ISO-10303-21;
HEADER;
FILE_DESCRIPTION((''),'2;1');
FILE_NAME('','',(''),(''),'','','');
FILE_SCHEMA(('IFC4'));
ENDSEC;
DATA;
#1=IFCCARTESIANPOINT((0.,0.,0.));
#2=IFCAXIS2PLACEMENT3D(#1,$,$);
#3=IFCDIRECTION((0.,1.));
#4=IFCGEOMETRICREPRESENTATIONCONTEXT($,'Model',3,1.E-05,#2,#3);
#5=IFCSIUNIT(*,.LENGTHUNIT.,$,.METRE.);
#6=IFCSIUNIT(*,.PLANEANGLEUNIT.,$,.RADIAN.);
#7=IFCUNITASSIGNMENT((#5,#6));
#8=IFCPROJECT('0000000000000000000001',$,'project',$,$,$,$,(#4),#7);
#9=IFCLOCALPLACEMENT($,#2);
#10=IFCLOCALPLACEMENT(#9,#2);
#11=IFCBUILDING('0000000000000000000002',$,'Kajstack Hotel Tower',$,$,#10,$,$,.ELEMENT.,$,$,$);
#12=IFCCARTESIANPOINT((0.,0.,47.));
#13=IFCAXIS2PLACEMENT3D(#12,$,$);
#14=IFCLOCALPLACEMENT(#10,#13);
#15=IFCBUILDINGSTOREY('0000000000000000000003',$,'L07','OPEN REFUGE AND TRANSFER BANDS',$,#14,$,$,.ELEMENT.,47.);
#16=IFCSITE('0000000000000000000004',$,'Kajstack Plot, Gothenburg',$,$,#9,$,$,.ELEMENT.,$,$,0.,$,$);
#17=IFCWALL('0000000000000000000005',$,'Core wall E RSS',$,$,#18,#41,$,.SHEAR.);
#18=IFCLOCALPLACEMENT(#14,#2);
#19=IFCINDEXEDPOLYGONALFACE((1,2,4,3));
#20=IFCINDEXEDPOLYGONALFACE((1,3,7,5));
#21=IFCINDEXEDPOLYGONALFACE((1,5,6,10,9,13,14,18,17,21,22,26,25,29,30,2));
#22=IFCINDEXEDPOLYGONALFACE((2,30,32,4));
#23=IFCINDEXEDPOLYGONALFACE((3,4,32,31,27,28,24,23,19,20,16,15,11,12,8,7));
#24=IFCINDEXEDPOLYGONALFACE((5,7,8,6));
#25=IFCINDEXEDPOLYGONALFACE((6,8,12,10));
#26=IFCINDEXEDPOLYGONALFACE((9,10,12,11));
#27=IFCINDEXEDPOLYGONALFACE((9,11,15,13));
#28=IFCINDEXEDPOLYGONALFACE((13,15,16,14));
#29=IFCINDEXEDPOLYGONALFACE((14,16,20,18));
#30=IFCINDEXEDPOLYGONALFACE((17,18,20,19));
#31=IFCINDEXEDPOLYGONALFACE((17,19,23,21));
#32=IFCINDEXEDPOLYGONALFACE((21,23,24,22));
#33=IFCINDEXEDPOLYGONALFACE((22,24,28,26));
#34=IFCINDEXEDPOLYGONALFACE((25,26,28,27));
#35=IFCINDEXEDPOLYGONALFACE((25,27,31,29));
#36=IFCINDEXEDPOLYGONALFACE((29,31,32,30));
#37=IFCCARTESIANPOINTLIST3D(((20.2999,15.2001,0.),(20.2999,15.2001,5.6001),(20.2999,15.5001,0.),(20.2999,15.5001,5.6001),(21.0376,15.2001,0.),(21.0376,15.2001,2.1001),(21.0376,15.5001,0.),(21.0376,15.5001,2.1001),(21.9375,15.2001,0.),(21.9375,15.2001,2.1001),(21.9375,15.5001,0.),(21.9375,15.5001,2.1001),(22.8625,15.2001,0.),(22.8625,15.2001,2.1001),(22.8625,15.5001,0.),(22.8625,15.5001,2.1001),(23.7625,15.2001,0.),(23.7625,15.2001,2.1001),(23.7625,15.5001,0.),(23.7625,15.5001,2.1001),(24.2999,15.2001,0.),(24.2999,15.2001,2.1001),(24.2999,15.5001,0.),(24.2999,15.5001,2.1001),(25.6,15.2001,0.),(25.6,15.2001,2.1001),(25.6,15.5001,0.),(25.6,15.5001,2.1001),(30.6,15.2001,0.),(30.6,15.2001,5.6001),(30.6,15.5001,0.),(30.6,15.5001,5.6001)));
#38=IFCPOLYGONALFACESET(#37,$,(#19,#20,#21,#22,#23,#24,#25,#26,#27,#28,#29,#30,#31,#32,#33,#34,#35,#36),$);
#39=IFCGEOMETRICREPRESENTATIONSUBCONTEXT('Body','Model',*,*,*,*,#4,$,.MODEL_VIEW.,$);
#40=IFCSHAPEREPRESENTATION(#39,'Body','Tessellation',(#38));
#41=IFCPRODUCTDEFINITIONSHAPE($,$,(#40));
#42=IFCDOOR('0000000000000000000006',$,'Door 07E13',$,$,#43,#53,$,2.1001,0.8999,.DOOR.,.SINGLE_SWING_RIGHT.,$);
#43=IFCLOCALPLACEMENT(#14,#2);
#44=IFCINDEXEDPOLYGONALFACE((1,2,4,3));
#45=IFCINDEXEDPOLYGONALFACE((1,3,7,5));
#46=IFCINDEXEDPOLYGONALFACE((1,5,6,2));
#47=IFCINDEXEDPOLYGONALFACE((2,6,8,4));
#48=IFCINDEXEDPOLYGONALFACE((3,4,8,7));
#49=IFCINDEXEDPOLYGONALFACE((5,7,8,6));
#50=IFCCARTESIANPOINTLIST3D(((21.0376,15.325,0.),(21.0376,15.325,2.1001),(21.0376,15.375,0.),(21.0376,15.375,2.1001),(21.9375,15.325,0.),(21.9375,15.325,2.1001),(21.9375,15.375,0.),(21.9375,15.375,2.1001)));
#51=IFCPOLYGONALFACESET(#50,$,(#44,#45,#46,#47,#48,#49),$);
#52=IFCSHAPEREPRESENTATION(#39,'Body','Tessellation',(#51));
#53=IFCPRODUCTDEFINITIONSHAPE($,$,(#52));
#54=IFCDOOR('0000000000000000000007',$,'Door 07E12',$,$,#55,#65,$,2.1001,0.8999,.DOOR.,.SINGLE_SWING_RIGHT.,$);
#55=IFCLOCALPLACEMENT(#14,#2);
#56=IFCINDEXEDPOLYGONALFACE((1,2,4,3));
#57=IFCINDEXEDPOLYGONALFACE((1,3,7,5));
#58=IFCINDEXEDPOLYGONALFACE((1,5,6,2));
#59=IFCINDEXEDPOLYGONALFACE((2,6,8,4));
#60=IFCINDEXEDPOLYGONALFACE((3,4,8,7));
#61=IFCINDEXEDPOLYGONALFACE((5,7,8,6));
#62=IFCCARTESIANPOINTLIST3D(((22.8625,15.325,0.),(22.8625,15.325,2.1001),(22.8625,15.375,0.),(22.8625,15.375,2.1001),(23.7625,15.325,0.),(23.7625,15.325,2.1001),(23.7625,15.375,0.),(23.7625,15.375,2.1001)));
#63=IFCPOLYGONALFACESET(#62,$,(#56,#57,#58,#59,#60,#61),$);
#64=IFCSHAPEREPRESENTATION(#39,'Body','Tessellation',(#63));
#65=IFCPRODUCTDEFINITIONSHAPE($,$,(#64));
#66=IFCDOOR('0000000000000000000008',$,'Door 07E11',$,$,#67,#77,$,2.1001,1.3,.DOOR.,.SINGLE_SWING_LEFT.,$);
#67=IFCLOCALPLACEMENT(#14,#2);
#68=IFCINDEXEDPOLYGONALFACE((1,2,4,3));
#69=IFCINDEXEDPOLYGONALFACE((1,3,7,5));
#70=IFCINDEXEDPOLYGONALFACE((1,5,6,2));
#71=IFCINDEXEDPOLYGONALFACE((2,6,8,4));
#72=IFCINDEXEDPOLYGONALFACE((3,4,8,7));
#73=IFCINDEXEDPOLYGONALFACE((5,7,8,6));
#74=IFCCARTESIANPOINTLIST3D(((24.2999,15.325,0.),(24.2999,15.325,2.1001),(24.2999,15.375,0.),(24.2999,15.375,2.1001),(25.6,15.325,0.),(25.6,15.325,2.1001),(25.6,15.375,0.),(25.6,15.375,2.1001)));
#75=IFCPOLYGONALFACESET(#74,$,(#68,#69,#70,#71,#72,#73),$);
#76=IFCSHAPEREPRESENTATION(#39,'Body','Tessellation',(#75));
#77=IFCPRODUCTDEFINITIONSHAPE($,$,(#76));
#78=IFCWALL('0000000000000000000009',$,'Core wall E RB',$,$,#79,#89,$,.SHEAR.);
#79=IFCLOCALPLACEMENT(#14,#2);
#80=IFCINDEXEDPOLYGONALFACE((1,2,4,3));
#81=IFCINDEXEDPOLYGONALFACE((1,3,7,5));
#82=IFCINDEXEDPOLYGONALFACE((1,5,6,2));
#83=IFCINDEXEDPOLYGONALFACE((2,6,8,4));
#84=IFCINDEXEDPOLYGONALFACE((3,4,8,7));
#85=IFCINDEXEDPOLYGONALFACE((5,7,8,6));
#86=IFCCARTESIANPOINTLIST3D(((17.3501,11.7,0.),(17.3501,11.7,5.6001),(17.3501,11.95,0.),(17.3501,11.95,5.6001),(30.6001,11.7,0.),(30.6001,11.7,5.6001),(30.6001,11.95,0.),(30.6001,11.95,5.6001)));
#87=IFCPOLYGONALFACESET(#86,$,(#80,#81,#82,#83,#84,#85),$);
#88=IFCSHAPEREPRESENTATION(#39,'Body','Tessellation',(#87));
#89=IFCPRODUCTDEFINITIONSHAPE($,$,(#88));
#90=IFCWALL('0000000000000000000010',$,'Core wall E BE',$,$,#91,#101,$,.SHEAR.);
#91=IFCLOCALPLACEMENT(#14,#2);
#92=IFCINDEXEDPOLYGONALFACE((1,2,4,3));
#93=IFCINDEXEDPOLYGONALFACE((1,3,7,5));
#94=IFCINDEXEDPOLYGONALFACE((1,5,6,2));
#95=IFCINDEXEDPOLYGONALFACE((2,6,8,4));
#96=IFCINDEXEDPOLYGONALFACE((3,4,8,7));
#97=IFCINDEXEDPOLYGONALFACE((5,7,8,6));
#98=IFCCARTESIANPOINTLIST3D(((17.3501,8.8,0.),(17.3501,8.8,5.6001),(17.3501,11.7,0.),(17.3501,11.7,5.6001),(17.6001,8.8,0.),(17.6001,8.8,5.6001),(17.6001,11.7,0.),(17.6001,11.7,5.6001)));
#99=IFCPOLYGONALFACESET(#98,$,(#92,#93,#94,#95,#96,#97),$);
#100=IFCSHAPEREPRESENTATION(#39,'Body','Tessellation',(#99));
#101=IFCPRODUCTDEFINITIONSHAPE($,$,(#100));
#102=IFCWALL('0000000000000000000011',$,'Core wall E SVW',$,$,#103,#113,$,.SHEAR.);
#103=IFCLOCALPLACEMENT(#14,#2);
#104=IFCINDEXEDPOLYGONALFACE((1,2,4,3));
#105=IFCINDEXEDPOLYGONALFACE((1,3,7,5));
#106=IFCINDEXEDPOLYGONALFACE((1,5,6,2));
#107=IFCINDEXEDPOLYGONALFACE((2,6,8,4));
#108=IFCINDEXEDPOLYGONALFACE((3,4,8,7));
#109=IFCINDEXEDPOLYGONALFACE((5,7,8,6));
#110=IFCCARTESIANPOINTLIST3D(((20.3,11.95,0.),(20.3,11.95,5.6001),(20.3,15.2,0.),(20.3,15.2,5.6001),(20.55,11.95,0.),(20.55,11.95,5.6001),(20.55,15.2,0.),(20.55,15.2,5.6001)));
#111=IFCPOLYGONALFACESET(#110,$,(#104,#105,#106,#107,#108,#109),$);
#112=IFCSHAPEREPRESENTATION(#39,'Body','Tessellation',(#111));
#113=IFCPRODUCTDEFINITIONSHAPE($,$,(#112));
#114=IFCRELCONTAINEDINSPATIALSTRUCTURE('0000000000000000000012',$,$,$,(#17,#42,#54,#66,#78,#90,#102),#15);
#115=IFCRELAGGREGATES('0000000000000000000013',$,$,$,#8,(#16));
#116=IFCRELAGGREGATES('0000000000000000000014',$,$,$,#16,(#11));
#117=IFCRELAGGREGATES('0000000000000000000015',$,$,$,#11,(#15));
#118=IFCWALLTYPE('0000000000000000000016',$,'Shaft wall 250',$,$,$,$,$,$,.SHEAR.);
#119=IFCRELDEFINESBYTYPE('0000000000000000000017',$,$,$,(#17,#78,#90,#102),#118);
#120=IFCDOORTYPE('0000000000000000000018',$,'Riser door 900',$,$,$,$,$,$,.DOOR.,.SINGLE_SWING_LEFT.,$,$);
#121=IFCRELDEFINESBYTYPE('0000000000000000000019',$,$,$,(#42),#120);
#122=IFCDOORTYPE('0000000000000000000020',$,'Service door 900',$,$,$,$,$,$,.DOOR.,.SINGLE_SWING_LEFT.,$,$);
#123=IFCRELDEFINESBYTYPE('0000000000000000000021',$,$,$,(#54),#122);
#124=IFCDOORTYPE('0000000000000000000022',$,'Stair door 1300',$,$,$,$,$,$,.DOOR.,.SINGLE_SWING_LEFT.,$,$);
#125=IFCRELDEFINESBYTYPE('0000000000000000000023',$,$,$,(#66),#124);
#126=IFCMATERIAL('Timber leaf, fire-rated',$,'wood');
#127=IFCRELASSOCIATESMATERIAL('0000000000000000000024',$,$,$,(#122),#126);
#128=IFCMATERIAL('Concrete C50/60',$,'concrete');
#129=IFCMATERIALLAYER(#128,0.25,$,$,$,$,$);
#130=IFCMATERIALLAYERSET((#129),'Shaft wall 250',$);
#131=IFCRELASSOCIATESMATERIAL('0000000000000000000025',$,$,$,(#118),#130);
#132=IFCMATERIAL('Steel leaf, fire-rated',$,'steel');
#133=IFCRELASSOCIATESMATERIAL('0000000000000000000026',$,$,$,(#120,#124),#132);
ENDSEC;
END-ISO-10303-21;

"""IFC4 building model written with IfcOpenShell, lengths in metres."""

from ifc_helpers import new_model, si_unit, direction, frame, frame_2d, origin, place, context, subcontext, project, spatial, rectangle, extrude, material, layer, layer_set, type_object, element, fill, save


model = new_model("IFC4")

# Units and contexts
model_context = context("Model", 3, precision=1e-05, world=origin(), true_north=direction((0.0, 1.0)))
body_context = subcontext(model_context, "Body", "Model", "MODEL_VIEW")
ifc_project = project(units=[si_unit("LENGTHUNIT", "METRE"), si_unit("PLANEANGLEUNIT", "RADIAN")], contexts=[model_context])

# Site, building, storey
site_placement = place(None, origin())
site = spatial("IfcSite", under=ifc_project, at=site_placement, Name="Kajstack Plot, Gothenburg", CompositionType="ELEMENT", RefElevation=0.0)
building_placement = place(site_placement, origin())
building = spatial("IfcBuilding", under=site, at=building_placement, Name="Kajstack Hotel Tower", CompositionType="ELEMENT")
storey_placement = place(building_placement, frame((0.0, 0.0, 47.0)))
storey = spatial("IfcBuildingStorey", under=building, at=storey_placement, Name="L07", Description="OPEN REFUGE AND TRANSFER BANDS", CompositionType="ELEMENT", Elevation=47.0)

# Wall, openings, doors
ifc_material_1 = material(Name="Timber leaf, fire-rated", Category="wood")
door_type_1 = type_object("IfcDoorType", Name="Service door 900", OperationType="SINGLE_SWING_LEFT", PredefinedType="DOOR", material=ifc_material_1)
ifc_material_2 = material(Name="Concrete C50/60", Category="concrete")
ifc_layer_1 = layer(ifc_material_2, 0.25)
ifc_layer_set_1 = layer_set([ifc_layer_1], Name="Shaft wall 250")
wall_type_1 = type_object("IfcWallType", Name="Shaft wall 250", PredefinedType="SHEAR", material=ifc_layer_set_1)
wall_1_placement = place(storey_placement, frame((20.3, 15.3501, 0.0), z_axis=(0.0, 0.0, 1.0), x_axis=(1.0, 0.0, 0.0)))
wall_1 = element("IfcWall", 1, at=wall_1_placement, inside=storey, type_object=wall_type_1, Name="Core wall E RSS", PredefinedType="SHEAR", context=body_context, shape_type="SweptSolid", body=[
    extrude(rectangle(XDim=10.3, YDim=0.3, at=frame_2d((5.1499, 0.0))), origin(), (0.0, 0.0, 1.0), 5.6001),
])
opening_1_placement = place(wall_1_placement, frame((4.0, 0.0, 0.0)))
opening_1 = element("IfcOpeningElement", 2, at=opening_1_placement, cuts=wall_1, PredefinedType="OPENING", context=body_context, shape_type="SweptSolid", body=[
    extrude(rectangle(XDim=1.3, YDim=2.1001, at=frame_2d((0.6499, 1.05))), frame((0.0, 0.1599, 0.0), z_axis=(0.0, -1.0, 0.0), x_axis=(1.0, 0.0, 0.0)), (0.0, 0.0, 1.0), 0.3201),
])
opening_2_placement = place(wall_1_placement, frame((2.5625, 0.0, 0.0)))
opening_2 = element("IfcOpeningElement", 3, at=opening_2_placement, cuts=wall_1, PredefinedType="OPENING", context=body_context, shape_type="SweptSolid", body=[
    extrude(rectangle(XDim=0.8999, YDim=2.1001, at=frame_2d((0.45, 1.05))), frame((0.0, 0.1599, 0.0), z_axis=(0.0, -1.0, 0.0), x_axis=(1.0, 0.0, 0.0)), (0.0, 0.0, 1.0), 0.3201),
])
opening_3_placement = place(wall_1_placement, frame((0.7375, 0.0, 0.0)))
opening_3 = element("IfcOpeningElement", 4, at=opening_3_placement, cuts=wall_1, PredefinedType="OPENING", context=body_context, shape_type="SweptSolid", body=[
    extrude(rectangle(XDim=0.8999, YDim=2.1001, at=frame_2d((0.45, 1.05))), frame((0.0, 0.1599, 0.0), z_axis=(0.0, -1.0, 0.0), x_axis=(1.0, 0.0, 0.0)), (0.0, 0.0, 1.0), 0.3201),
])
ifc_material_3 = material(Name="Steel leaf, fire-rated", Category="steel")
door_type_2 = type_object("IfcDoorType", Name="Riser door 900", OperationType="SINGLE_SWING_LEFT", PredefinedType="DOOR", material=ifc_material_3)
door_1_placement = place(opening_3_placement, origin())
door_1 = element("IfcDoor", 5, at=door_1_placement, inside=storey, type_object=door_type_2, Name="Door 07E13", OperationType="SINGLE_SWING_RIGHT", OverallHeight=2.1001, OverallWidth=0.8999, PredefinedType="DOOR", context=body_context, shape_type="SweptSolid", body=[
    extrude(rectangle(XDim=0.8999, YDim=2.1001, at=frame_2d((0.45, 1.05))), frame((0.0, 0.0249, 0.0), z_axis=(0.0, -1.0, 0.0), x_axis=(1.0, 0.0, 0.0)), (0.0, 0.0, 1.0), 0.05),
])
fill(opening_3, door_1)
door_2_placement = place(opening_2_placement, origin())
door_2 = element("IfcDoor", 6, at=door_2_placement, inside=storey, type_object=door_type_1, Name="Door 07E12", OperationType="SINGLE_SWING_RIGHT", OverallHeight=2.1001, OverallWidth=0.8999, PredefinedType="DOOR", context=body_context, shape_type="SweptSolid", body=[
    extrude(rectangle(XDim=0.8999, YDim=2.1001, at=frame_2d((0.45, 1.05))), frame((0.0, 0.0249, 0.0), z_axis=(0.0, -1.0, 0.0), x_axis=(1.0, 0.0, 0.0)), (0.0, 0.0, 1.0), 0.05),
])
fill(opening_2, door_2)
door_type_3 = type_object("IfcDoorType", Name="Stair door 1300", OperationType="SINGLE_SWING_LEFT", PredefinedType="DOOR", material=ifc_material_3)
door_3_placement = place(opening_1_placement, origin())
door_3 = element("IfcDoor", 7, at=door_3_placement, inside=storey, type_object=door_type_3, Name="Door 07E11", OperationType="SINGLE_SWING_LEFT", OverallHeight=2.1001, OverallWidth=1.3, PredefinedType="DOOR", context=body_context, shape_type="SweptSolid", body=[
    extrude(rectangle(XDim=1.3, YDim=2.1001, at=frame_2d((0.6499, 1.05))), frame((0.0, 0.0249, 0.0), z_axis=(0.0, -1.0, 0.0), x_axis=(1.0, 0.0, 0.0)), (0.0, 0.0, 1.0), 0.05),
])
fill(opening_1, door_3)

# Walls
wall_2_placement = place(storey_placement, frame((17.3501, 11.825, 0.0), z_axis=(0.0, 0.0, 1.0), x_axis=(1.0, 0.0, 0.0)))
element("IfcWall", 8, at=wall_2_placement, inside=storey, type_object=wall_type_1, Name="Core wall E RB", PredefinedType="SHEAR", context=body_context, shape_type="SweptSolid", body=[
    extrude(rectangle(XDim=13.25, YDim=0.25, at=frame_2d((6.625, 0.0))), origin(), (0.0, 0.0, 1.0), 5.6001),
])
wall_3_placement = place(storey_placement, frame((17.4751, 8.8, 0.0), z_axis=(0.0, 0.0, 1.0), x_axis=(0.0, 1.0, 0.0)))
element("IfcWall", 9, at=wall_3_placement, inside=storey, type_object=wall_type_1, Name="Core wall E BE", PredefinedType="SHEAR", context=body_context, shape_type="SweptSolid", body=[
    extrude(rectangle(XDim=2.8999, YDim=0.25, at=frame_2d((1.45, 0.0))), origin(), (0.0, 0.0, 1.0), 5.6001),
])
wall_4_placement = place(storey_placement, frame((20.425, 11.95, 0.0), z_axis=(0.0, 0.0, 1.0), x_axis=(0.0, 1.0, 0.0)))
element("IfcWall", 10, at=wall_4_placement, inside=storey, type_object=wall_type_1, Name="Core wall E SVW", PredefinedType="SHEAR", context=body_context, shape_type="SweptSolid", body=[
    extrude(rectangle(XDim=3.25, YDim=0.25, at=frame_2d((1.625, 0.0))), origin(), (0.0, 0.0, 1.0), 5.6001),
])

save(model, "model.ifc")
